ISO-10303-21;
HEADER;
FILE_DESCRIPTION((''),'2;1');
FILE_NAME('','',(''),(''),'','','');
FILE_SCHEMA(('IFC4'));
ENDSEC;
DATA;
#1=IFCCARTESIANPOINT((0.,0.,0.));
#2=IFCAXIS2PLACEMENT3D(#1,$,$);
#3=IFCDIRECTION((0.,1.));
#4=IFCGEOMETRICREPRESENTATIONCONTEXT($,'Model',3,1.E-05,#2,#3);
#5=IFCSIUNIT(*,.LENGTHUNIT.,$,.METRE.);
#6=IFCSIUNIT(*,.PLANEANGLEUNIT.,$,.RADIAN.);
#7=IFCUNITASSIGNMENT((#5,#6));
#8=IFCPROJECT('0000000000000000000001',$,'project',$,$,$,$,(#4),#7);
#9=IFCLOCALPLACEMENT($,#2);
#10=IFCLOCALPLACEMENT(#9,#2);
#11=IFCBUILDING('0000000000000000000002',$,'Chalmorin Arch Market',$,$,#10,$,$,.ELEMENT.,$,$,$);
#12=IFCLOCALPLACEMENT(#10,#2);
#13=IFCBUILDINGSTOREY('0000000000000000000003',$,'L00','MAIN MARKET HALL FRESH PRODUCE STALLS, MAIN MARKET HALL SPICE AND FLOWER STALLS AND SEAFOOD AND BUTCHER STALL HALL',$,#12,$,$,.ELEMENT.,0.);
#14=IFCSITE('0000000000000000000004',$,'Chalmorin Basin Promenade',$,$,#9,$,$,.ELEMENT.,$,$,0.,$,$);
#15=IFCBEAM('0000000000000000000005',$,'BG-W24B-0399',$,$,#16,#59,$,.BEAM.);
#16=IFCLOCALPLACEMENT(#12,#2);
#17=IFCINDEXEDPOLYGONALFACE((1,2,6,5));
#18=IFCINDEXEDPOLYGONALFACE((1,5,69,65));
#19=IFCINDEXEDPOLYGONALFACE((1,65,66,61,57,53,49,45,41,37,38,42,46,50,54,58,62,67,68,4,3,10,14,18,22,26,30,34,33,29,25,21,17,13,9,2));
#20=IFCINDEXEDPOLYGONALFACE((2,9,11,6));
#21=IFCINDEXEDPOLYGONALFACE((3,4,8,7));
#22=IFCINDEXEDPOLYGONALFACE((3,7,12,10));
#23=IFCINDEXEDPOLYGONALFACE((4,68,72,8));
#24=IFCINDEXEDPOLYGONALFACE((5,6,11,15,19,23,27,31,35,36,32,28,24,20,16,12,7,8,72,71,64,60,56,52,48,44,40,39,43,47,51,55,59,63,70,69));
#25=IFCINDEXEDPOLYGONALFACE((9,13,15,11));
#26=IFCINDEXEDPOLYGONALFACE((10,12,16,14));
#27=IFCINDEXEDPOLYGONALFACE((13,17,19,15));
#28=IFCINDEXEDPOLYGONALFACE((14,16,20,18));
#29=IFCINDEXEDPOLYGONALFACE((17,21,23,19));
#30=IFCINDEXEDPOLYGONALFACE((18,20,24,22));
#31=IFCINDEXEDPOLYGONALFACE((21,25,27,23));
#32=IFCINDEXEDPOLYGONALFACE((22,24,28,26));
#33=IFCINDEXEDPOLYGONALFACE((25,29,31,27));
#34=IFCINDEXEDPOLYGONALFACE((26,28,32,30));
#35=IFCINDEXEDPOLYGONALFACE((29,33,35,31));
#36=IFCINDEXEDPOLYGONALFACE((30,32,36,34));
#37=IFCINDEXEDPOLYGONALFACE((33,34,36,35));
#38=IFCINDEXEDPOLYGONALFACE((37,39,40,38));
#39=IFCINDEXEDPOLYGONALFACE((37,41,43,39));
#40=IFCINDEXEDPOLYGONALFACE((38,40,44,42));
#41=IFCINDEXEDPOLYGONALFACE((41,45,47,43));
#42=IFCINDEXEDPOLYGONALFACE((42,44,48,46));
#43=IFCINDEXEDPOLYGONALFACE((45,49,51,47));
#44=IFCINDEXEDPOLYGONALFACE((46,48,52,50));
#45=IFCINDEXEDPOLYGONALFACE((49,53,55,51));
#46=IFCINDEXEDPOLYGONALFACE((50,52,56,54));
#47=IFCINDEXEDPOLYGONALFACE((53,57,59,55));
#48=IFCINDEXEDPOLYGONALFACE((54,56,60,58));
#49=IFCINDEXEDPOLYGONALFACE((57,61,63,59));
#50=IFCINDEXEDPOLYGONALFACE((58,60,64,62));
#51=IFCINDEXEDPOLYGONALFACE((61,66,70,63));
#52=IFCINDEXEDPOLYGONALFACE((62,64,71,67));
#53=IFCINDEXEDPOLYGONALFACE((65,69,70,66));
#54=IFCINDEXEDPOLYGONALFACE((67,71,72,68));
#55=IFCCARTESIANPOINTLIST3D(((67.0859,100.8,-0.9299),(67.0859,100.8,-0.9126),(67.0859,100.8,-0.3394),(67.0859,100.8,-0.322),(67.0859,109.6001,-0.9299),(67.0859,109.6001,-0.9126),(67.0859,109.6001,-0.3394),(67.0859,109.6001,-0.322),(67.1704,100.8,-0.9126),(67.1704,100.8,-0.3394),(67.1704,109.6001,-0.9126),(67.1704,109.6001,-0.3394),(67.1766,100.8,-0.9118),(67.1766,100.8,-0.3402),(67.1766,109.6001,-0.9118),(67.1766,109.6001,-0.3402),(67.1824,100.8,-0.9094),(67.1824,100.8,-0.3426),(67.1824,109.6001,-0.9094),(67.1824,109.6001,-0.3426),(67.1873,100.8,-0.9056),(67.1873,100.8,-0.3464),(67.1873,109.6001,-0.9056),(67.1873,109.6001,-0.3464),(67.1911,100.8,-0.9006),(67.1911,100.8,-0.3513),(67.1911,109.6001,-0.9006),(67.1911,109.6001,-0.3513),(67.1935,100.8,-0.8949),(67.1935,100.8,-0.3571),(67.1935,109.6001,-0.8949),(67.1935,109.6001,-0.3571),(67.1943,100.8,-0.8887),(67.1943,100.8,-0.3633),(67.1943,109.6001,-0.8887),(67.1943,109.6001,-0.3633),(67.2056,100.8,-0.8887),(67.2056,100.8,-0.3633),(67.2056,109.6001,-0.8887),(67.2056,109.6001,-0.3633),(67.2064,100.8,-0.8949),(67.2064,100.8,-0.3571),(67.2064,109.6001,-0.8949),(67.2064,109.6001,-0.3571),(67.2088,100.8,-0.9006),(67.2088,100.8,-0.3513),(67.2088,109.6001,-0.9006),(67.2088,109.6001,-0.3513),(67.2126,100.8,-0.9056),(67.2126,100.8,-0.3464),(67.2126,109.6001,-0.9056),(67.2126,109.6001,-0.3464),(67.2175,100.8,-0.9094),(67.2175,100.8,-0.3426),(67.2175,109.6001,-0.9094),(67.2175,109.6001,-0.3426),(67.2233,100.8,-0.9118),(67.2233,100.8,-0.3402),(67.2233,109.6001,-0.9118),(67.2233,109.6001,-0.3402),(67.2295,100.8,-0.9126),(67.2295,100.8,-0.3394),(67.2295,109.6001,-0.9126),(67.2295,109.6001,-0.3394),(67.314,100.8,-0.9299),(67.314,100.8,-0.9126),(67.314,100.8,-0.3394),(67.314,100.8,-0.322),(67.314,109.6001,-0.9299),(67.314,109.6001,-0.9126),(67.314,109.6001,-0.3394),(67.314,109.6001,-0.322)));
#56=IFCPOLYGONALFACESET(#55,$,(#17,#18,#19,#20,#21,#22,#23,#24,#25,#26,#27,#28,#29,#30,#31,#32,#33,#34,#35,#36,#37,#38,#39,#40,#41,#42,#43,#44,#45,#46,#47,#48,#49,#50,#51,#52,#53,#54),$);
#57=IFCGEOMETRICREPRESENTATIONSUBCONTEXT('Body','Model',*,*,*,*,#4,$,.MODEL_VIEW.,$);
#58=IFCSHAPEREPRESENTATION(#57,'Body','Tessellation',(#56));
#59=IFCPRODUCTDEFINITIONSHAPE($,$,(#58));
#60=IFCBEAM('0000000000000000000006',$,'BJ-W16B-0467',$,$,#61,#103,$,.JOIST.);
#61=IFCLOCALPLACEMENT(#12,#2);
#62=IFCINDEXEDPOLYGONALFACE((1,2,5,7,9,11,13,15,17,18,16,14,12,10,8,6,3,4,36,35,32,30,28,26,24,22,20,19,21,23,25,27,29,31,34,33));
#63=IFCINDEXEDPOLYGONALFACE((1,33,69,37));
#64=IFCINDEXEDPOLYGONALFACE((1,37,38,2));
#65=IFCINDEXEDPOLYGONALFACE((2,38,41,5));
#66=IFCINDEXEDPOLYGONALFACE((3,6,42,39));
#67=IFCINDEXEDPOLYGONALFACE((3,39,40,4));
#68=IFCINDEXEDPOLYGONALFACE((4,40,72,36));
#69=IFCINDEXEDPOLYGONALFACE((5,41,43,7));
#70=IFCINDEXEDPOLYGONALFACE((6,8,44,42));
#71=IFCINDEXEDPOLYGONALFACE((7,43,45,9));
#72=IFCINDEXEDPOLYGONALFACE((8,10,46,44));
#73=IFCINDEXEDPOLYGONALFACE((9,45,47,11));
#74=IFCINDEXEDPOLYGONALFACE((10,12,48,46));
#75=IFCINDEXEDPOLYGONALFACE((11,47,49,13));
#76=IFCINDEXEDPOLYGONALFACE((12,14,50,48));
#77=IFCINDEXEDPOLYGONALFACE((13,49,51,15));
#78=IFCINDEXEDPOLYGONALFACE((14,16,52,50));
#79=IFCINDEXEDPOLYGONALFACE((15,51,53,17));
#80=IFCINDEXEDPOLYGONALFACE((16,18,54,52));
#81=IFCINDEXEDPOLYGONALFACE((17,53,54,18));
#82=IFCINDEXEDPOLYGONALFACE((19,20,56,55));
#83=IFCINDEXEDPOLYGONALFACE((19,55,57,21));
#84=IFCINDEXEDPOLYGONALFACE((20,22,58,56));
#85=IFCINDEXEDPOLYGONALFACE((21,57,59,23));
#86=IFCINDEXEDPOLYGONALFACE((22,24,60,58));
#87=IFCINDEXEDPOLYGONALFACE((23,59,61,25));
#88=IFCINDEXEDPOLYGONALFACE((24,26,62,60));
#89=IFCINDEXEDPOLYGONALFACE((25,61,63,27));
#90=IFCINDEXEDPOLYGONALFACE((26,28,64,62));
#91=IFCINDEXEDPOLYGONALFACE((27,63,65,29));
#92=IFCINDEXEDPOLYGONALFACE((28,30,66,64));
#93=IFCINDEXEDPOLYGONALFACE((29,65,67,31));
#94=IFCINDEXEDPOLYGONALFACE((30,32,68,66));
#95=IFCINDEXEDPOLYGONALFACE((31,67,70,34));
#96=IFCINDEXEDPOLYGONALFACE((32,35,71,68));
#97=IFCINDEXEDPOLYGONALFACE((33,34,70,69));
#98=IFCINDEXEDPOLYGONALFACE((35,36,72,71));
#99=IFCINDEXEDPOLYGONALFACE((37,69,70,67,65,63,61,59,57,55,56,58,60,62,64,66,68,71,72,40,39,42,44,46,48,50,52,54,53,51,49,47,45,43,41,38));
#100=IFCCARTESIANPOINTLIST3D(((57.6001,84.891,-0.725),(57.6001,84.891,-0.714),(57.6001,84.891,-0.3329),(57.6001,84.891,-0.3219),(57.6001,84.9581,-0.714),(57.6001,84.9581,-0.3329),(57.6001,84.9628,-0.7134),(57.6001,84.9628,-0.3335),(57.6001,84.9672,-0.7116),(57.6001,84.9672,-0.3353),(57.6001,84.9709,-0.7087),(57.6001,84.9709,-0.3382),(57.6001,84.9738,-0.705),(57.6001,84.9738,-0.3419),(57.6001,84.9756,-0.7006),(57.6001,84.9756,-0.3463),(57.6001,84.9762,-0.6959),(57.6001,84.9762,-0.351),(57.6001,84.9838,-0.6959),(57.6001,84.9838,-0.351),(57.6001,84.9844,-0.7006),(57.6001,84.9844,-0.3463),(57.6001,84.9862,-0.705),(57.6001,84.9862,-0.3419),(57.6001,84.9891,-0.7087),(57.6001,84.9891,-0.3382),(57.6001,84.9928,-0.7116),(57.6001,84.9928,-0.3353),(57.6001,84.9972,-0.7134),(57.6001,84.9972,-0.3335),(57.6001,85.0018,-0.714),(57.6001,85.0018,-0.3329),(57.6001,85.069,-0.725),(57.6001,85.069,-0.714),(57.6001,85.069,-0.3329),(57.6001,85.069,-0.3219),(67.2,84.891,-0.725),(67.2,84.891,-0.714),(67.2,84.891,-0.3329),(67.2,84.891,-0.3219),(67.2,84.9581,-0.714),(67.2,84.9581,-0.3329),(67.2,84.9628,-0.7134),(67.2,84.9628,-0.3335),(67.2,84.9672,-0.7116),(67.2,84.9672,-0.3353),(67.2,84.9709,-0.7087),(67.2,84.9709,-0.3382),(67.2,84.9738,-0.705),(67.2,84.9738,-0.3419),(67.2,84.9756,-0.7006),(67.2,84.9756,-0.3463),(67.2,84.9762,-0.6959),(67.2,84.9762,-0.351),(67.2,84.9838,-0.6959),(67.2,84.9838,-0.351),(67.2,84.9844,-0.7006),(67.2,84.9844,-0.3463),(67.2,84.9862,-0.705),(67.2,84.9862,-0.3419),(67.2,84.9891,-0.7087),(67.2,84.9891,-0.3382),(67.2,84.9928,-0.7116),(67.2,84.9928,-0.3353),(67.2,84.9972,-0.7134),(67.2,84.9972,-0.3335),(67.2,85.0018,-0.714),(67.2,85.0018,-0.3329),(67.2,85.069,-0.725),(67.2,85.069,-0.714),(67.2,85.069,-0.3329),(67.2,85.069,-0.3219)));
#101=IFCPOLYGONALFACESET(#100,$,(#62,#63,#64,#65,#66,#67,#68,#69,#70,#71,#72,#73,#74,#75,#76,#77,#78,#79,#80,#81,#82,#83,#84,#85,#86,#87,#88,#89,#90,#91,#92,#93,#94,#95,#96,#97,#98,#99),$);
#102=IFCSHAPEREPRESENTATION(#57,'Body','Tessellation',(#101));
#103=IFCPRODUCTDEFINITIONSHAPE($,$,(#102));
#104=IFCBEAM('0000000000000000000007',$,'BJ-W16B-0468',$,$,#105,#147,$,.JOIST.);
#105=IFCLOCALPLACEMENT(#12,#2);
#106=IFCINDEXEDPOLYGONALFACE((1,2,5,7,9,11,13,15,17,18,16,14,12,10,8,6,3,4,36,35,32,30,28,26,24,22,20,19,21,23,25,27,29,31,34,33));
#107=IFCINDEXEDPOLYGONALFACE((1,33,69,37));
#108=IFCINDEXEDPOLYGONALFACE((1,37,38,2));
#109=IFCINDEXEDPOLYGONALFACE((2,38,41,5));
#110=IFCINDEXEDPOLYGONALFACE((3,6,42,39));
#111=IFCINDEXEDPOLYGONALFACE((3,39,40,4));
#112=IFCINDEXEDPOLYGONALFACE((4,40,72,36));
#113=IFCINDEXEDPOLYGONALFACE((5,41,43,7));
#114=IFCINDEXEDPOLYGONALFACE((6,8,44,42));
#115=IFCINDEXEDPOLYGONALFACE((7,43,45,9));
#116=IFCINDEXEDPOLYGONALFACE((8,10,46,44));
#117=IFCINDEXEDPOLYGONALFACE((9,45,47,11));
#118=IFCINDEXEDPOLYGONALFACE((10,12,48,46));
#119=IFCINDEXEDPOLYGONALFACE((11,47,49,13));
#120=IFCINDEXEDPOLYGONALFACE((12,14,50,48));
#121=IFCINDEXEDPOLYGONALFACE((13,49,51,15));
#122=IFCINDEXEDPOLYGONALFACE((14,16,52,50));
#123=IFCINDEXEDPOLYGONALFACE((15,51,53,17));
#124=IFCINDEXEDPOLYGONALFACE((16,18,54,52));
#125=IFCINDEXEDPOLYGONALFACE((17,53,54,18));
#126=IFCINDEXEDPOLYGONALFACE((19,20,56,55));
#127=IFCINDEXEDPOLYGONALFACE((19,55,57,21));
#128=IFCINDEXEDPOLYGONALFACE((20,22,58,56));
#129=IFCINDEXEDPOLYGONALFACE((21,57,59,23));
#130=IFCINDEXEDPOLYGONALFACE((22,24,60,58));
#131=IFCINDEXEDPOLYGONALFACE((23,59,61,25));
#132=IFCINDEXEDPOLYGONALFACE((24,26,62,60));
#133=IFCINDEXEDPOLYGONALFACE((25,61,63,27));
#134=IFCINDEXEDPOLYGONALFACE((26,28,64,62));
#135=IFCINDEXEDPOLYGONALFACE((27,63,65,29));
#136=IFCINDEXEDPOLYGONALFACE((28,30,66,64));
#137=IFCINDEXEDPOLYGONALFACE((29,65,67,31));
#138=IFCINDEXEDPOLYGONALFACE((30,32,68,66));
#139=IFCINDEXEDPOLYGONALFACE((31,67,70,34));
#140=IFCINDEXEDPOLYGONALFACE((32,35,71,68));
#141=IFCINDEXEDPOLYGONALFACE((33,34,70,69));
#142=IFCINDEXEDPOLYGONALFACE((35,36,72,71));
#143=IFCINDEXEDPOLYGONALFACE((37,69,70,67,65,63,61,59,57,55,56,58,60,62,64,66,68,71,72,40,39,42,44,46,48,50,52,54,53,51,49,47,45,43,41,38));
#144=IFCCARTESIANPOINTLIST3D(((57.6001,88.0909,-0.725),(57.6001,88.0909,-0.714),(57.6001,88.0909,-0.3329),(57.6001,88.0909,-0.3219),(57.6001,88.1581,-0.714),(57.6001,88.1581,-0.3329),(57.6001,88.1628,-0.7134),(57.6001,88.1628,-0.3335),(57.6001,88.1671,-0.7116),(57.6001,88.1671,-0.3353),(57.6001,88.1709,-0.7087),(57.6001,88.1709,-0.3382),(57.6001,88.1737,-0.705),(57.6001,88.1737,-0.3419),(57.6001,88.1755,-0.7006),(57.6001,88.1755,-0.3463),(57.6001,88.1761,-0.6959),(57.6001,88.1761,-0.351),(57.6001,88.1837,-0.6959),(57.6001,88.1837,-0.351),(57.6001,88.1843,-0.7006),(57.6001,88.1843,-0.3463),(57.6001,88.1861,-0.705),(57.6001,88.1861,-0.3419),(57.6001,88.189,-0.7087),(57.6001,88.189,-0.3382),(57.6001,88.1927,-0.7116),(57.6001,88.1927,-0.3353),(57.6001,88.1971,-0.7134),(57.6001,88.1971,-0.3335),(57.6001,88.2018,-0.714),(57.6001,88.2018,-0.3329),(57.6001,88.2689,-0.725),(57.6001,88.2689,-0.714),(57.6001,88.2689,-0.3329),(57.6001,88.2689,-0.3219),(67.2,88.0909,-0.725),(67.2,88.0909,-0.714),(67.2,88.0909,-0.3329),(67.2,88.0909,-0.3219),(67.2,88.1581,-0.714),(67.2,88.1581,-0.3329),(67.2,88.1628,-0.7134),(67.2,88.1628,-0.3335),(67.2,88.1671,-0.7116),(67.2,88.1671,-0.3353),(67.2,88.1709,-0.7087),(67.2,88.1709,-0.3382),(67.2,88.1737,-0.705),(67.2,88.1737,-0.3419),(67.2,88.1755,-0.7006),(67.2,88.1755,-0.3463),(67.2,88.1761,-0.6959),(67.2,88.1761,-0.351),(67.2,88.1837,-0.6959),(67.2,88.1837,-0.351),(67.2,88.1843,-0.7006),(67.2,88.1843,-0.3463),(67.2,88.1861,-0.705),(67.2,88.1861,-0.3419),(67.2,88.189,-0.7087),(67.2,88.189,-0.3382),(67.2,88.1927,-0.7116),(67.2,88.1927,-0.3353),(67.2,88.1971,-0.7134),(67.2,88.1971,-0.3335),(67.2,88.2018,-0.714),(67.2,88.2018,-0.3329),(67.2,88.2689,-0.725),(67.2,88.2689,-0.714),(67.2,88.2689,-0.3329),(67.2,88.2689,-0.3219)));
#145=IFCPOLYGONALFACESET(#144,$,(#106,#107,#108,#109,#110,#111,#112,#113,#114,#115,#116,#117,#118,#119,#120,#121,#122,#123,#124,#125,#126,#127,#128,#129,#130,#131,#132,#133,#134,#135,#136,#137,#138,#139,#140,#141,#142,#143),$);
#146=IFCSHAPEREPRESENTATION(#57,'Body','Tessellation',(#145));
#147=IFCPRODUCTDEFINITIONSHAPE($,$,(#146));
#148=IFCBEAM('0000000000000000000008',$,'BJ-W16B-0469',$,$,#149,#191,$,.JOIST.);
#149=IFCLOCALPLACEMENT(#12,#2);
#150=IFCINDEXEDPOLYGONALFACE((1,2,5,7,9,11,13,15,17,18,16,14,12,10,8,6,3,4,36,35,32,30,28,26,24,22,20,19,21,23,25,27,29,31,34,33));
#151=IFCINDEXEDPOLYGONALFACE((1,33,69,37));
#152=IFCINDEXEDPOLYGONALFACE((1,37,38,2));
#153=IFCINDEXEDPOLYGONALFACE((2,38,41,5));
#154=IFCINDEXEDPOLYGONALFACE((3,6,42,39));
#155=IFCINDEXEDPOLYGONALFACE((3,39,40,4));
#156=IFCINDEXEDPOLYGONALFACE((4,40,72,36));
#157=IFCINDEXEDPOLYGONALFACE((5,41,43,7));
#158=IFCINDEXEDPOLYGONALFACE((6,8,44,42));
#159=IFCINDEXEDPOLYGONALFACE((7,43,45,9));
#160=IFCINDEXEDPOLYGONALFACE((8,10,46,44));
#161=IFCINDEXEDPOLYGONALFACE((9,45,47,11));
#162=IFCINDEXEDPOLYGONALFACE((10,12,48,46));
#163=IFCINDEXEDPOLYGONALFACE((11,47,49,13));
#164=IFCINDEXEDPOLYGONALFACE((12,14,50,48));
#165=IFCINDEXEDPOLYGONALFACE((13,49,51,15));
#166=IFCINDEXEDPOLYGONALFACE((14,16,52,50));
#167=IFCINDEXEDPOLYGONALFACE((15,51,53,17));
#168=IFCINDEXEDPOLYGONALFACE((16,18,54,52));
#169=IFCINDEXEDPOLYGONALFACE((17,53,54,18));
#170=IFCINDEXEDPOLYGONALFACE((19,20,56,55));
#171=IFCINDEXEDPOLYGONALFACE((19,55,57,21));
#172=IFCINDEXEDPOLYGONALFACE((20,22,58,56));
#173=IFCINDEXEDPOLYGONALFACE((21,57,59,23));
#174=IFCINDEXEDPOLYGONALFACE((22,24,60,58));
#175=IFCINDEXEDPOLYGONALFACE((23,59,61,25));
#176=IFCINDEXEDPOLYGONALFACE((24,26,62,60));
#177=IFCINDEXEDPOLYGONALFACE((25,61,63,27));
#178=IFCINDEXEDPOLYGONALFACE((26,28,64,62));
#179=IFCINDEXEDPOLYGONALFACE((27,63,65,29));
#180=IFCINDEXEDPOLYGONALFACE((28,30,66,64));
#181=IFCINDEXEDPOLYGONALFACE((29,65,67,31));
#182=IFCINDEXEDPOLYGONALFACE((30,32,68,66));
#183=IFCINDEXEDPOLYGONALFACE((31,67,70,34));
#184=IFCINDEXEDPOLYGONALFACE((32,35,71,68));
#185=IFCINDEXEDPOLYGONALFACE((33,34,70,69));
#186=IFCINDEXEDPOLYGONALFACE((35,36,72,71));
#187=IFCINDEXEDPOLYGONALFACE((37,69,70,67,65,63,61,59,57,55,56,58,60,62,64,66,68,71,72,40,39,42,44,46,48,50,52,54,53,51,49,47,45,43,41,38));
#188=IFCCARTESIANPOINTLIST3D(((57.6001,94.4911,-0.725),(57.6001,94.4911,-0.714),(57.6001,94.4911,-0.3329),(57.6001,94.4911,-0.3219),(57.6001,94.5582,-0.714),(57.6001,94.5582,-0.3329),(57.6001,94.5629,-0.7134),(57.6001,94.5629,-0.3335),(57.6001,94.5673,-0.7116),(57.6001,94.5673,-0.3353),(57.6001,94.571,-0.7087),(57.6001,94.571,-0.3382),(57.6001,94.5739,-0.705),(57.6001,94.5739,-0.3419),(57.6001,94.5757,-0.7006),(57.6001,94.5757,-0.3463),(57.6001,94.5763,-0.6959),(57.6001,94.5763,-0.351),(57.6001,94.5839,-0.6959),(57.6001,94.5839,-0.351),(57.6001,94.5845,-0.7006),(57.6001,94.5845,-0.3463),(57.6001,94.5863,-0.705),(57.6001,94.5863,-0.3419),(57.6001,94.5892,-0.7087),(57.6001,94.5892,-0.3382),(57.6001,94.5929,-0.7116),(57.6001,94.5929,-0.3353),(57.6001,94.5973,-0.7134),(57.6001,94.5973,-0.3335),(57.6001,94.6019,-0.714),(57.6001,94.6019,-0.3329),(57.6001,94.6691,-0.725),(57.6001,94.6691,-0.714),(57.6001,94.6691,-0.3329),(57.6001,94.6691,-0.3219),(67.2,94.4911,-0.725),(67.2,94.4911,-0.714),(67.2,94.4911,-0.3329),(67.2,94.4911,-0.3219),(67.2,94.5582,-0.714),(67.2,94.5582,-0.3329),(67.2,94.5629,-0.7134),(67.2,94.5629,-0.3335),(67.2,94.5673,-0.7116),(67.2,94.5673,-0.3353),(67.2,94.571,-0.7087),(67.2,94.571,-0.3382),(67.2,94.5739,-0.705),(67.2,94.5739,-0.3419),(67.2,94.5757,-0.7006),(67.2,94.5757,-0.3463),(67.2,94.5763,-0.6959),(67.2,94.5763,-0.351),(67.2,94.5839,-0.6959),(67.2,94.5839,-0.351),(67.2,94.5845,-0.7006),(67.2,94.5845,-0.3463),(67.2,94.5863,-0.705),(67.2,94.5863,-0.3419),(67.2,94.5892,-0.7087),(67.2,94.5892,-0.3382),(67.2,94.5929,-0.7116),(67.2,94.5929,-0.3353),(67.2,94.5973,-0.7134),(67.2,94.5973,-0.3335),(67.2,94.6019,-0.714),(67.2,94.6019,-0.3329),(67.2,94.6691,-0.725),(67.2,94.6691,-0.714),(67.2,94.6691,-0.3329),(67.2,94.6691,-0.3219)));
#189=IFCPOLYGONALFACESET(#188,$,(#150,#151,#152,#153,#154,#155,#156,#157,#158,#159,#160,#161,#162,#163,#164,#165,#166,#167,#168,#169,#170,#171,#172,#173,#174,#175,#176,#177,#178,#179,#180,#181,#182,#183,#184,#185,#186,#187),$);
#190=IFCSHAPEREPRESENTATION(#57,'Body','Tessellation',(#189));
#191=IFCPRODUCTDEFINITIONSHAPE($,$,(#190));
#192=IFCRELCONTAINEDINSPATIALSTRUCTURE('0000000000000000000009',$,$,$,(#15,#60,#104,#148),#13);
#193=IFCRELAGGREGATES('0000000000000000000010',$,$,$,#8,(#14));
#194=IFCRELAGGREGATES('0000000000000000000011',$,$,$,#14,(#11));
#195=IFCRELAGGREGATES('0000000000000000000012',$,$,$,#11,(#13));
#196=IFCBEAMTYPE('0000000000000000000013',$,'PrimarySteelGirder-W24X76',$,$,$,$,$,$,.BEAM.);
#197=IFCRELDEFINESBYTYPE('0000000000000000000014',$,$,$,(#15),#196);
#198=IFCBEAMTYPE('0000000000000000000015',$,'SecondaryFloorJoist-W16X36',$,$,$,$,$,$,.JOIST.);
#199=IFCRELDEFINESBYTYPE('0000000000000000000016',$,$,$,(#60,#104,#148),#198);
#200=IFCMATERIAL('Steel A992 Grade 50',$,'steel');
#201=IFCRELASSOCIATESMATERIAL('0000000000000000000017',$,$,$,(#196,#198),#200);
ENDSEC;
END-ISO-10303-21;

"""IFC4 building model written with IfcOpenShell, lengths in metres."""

from ifc_helpers import new_model, si_unit, direction, frame, origin, origin_2d, place, context, subcontext, project, spatial, i_section, extrude, material, material_profile, profile_set, type_object, element, save


model = new_model("IFC4")

# Units and contexts
model_context = context("Model", 3, precision=1e-05, world=origin(), true_north=direction((0.0, 1.0)))
body_context = subcontext(model_context, "Body", "Model", "MODEL_VIEW")
ifc_project = project(units=[si_unit("LENGTHUNIT", "METRE"), si_unit("PLANEANGLEUNIT", "RADIAN")], contexts=[model_context])

# Site, building, storey
site_placement = place(None, origin())
site = spatial("IfcSite", under=ifc_project, at=site_placement, Name="Chalmorin Basin Promenade", CompositionType="ELEMENT", RefElevation=0.0)
building_placement = place(site_placement, origin())
building = spatial("IfcBuilding", under=site, at=building_placement, Name="Chalmorin Arch Market", CompositionType="ELEMENT")
storey_placement = place(building_placement, origin())
storey = spatial("IfcBuildingStorey", under=building, at=storey_placement, Name="L00", Description="MAIN MARKET HALL FRESH PRODUCE STALLS, MAIN MARKET HALL SPICE AND FLOWER STALLS AND SEAFOOD AND BUTCHER STALL HALL", CompositionType="ELEMENT", Elevation=0.0)

# Beams
ifc_material_1 = material(Name="Steel A992 Grade 50", Category="steel")
ifc_material_profile_1 = material_profile(ifc_material_1, i_section(OverallWidth=0.228, OverallDepth=0.6079, WebThickness=0.0112, FlangeThickness=0.0173, FilletRadius=0.0239, at=origin_2d()), Name="W24X76")
ifc_profile_set_1 = profile_set([ifc_material_profile_1], Name="Steel A992 Grade 50")
beam_type_1 = type_object("IfcBeamType", Name="PrimarySteelGirder-W24X76", PredefinedType="BEAM", material=ifc_profile_set_1)
beam_1_placement = place(storey_placement, frame((67.2, 100.8, -0.626), z_axis=(0.0, 1.0, 0.0), x_axis=(-1.0, 0.0, 0.0)))
element("IfcBeam", 1, at=beam_1_placement, inside=storey, type_object=beam_type_1, Name="BG-W24B-0399", PredefinedType="BEAM", context=body_context, shape_type="SweptSolid", body=[
    extrude(i_section(OverallWidth=0.228, OverallDepth=0.6079, WebThickness=0.0112, FlangeThickness=0.0173, FilletRadius=0.0239, at=origin_2d()), origin(), (0.0, 0.0, 1.0), 8.8),
])
ifc_material_profile_2 = material_profile(ifc_material_1, i_section(OverallWidth=0.178, OverallDepth=0.4031, WebThickness=0.0076, FlangeThickness=0.011, FilletRadius=0.0181, at=origin_2d()), Name="W16X36")
ifc_profile_set_2 = profile_set([ifc_material_profile_2], Name="Steel A992 Grade 50")
beam_type_2 = type_object("IfcBeamType", Name="SecondaryFloorJoist-W16X36", PredefinedType="JOIST", material=ifc_profile_set_2)
for number, where, z_axis, x_axis, name in (
    (2, (57.6001, 84.98, -0.5234), (1.0, 0.0, 0.0), (0.0, 1.0, 0.0), "BJ-W16B-0467"),
    (3, (57.6001, 88.1799, -0.5234), (1.0, 0.0, 0.0), (0.0, 1.0, 0.0), "BJ-W16B-0468"),
    (4, (57.6001, 94.5801, -0.5234), (1.0, 0.0, 0.0), (0.0, 1.0, 0.0), "BJ-W16B-0469"),
):
    element("IfcBeam", number, at=place(storey_placement, frame(where, z_axis=z_axis, x_axis=x_axis)), inside=storey, type_object=beam_type_2, Name=name, PredefinedType="JOIST", context=body_context, shape_type="SweptSolid", body=[
        extrude(i_section(OverallWidth=0.178, OverallDepth=0.4031, WebThickness=0.0076, FlangeThickness=0.011, FilletRadius=0.0181, at=origin_2d()), origin(), (0.0, 0.0, 1.0), 9.5999),
    ])

save(model, "model.ifc")
